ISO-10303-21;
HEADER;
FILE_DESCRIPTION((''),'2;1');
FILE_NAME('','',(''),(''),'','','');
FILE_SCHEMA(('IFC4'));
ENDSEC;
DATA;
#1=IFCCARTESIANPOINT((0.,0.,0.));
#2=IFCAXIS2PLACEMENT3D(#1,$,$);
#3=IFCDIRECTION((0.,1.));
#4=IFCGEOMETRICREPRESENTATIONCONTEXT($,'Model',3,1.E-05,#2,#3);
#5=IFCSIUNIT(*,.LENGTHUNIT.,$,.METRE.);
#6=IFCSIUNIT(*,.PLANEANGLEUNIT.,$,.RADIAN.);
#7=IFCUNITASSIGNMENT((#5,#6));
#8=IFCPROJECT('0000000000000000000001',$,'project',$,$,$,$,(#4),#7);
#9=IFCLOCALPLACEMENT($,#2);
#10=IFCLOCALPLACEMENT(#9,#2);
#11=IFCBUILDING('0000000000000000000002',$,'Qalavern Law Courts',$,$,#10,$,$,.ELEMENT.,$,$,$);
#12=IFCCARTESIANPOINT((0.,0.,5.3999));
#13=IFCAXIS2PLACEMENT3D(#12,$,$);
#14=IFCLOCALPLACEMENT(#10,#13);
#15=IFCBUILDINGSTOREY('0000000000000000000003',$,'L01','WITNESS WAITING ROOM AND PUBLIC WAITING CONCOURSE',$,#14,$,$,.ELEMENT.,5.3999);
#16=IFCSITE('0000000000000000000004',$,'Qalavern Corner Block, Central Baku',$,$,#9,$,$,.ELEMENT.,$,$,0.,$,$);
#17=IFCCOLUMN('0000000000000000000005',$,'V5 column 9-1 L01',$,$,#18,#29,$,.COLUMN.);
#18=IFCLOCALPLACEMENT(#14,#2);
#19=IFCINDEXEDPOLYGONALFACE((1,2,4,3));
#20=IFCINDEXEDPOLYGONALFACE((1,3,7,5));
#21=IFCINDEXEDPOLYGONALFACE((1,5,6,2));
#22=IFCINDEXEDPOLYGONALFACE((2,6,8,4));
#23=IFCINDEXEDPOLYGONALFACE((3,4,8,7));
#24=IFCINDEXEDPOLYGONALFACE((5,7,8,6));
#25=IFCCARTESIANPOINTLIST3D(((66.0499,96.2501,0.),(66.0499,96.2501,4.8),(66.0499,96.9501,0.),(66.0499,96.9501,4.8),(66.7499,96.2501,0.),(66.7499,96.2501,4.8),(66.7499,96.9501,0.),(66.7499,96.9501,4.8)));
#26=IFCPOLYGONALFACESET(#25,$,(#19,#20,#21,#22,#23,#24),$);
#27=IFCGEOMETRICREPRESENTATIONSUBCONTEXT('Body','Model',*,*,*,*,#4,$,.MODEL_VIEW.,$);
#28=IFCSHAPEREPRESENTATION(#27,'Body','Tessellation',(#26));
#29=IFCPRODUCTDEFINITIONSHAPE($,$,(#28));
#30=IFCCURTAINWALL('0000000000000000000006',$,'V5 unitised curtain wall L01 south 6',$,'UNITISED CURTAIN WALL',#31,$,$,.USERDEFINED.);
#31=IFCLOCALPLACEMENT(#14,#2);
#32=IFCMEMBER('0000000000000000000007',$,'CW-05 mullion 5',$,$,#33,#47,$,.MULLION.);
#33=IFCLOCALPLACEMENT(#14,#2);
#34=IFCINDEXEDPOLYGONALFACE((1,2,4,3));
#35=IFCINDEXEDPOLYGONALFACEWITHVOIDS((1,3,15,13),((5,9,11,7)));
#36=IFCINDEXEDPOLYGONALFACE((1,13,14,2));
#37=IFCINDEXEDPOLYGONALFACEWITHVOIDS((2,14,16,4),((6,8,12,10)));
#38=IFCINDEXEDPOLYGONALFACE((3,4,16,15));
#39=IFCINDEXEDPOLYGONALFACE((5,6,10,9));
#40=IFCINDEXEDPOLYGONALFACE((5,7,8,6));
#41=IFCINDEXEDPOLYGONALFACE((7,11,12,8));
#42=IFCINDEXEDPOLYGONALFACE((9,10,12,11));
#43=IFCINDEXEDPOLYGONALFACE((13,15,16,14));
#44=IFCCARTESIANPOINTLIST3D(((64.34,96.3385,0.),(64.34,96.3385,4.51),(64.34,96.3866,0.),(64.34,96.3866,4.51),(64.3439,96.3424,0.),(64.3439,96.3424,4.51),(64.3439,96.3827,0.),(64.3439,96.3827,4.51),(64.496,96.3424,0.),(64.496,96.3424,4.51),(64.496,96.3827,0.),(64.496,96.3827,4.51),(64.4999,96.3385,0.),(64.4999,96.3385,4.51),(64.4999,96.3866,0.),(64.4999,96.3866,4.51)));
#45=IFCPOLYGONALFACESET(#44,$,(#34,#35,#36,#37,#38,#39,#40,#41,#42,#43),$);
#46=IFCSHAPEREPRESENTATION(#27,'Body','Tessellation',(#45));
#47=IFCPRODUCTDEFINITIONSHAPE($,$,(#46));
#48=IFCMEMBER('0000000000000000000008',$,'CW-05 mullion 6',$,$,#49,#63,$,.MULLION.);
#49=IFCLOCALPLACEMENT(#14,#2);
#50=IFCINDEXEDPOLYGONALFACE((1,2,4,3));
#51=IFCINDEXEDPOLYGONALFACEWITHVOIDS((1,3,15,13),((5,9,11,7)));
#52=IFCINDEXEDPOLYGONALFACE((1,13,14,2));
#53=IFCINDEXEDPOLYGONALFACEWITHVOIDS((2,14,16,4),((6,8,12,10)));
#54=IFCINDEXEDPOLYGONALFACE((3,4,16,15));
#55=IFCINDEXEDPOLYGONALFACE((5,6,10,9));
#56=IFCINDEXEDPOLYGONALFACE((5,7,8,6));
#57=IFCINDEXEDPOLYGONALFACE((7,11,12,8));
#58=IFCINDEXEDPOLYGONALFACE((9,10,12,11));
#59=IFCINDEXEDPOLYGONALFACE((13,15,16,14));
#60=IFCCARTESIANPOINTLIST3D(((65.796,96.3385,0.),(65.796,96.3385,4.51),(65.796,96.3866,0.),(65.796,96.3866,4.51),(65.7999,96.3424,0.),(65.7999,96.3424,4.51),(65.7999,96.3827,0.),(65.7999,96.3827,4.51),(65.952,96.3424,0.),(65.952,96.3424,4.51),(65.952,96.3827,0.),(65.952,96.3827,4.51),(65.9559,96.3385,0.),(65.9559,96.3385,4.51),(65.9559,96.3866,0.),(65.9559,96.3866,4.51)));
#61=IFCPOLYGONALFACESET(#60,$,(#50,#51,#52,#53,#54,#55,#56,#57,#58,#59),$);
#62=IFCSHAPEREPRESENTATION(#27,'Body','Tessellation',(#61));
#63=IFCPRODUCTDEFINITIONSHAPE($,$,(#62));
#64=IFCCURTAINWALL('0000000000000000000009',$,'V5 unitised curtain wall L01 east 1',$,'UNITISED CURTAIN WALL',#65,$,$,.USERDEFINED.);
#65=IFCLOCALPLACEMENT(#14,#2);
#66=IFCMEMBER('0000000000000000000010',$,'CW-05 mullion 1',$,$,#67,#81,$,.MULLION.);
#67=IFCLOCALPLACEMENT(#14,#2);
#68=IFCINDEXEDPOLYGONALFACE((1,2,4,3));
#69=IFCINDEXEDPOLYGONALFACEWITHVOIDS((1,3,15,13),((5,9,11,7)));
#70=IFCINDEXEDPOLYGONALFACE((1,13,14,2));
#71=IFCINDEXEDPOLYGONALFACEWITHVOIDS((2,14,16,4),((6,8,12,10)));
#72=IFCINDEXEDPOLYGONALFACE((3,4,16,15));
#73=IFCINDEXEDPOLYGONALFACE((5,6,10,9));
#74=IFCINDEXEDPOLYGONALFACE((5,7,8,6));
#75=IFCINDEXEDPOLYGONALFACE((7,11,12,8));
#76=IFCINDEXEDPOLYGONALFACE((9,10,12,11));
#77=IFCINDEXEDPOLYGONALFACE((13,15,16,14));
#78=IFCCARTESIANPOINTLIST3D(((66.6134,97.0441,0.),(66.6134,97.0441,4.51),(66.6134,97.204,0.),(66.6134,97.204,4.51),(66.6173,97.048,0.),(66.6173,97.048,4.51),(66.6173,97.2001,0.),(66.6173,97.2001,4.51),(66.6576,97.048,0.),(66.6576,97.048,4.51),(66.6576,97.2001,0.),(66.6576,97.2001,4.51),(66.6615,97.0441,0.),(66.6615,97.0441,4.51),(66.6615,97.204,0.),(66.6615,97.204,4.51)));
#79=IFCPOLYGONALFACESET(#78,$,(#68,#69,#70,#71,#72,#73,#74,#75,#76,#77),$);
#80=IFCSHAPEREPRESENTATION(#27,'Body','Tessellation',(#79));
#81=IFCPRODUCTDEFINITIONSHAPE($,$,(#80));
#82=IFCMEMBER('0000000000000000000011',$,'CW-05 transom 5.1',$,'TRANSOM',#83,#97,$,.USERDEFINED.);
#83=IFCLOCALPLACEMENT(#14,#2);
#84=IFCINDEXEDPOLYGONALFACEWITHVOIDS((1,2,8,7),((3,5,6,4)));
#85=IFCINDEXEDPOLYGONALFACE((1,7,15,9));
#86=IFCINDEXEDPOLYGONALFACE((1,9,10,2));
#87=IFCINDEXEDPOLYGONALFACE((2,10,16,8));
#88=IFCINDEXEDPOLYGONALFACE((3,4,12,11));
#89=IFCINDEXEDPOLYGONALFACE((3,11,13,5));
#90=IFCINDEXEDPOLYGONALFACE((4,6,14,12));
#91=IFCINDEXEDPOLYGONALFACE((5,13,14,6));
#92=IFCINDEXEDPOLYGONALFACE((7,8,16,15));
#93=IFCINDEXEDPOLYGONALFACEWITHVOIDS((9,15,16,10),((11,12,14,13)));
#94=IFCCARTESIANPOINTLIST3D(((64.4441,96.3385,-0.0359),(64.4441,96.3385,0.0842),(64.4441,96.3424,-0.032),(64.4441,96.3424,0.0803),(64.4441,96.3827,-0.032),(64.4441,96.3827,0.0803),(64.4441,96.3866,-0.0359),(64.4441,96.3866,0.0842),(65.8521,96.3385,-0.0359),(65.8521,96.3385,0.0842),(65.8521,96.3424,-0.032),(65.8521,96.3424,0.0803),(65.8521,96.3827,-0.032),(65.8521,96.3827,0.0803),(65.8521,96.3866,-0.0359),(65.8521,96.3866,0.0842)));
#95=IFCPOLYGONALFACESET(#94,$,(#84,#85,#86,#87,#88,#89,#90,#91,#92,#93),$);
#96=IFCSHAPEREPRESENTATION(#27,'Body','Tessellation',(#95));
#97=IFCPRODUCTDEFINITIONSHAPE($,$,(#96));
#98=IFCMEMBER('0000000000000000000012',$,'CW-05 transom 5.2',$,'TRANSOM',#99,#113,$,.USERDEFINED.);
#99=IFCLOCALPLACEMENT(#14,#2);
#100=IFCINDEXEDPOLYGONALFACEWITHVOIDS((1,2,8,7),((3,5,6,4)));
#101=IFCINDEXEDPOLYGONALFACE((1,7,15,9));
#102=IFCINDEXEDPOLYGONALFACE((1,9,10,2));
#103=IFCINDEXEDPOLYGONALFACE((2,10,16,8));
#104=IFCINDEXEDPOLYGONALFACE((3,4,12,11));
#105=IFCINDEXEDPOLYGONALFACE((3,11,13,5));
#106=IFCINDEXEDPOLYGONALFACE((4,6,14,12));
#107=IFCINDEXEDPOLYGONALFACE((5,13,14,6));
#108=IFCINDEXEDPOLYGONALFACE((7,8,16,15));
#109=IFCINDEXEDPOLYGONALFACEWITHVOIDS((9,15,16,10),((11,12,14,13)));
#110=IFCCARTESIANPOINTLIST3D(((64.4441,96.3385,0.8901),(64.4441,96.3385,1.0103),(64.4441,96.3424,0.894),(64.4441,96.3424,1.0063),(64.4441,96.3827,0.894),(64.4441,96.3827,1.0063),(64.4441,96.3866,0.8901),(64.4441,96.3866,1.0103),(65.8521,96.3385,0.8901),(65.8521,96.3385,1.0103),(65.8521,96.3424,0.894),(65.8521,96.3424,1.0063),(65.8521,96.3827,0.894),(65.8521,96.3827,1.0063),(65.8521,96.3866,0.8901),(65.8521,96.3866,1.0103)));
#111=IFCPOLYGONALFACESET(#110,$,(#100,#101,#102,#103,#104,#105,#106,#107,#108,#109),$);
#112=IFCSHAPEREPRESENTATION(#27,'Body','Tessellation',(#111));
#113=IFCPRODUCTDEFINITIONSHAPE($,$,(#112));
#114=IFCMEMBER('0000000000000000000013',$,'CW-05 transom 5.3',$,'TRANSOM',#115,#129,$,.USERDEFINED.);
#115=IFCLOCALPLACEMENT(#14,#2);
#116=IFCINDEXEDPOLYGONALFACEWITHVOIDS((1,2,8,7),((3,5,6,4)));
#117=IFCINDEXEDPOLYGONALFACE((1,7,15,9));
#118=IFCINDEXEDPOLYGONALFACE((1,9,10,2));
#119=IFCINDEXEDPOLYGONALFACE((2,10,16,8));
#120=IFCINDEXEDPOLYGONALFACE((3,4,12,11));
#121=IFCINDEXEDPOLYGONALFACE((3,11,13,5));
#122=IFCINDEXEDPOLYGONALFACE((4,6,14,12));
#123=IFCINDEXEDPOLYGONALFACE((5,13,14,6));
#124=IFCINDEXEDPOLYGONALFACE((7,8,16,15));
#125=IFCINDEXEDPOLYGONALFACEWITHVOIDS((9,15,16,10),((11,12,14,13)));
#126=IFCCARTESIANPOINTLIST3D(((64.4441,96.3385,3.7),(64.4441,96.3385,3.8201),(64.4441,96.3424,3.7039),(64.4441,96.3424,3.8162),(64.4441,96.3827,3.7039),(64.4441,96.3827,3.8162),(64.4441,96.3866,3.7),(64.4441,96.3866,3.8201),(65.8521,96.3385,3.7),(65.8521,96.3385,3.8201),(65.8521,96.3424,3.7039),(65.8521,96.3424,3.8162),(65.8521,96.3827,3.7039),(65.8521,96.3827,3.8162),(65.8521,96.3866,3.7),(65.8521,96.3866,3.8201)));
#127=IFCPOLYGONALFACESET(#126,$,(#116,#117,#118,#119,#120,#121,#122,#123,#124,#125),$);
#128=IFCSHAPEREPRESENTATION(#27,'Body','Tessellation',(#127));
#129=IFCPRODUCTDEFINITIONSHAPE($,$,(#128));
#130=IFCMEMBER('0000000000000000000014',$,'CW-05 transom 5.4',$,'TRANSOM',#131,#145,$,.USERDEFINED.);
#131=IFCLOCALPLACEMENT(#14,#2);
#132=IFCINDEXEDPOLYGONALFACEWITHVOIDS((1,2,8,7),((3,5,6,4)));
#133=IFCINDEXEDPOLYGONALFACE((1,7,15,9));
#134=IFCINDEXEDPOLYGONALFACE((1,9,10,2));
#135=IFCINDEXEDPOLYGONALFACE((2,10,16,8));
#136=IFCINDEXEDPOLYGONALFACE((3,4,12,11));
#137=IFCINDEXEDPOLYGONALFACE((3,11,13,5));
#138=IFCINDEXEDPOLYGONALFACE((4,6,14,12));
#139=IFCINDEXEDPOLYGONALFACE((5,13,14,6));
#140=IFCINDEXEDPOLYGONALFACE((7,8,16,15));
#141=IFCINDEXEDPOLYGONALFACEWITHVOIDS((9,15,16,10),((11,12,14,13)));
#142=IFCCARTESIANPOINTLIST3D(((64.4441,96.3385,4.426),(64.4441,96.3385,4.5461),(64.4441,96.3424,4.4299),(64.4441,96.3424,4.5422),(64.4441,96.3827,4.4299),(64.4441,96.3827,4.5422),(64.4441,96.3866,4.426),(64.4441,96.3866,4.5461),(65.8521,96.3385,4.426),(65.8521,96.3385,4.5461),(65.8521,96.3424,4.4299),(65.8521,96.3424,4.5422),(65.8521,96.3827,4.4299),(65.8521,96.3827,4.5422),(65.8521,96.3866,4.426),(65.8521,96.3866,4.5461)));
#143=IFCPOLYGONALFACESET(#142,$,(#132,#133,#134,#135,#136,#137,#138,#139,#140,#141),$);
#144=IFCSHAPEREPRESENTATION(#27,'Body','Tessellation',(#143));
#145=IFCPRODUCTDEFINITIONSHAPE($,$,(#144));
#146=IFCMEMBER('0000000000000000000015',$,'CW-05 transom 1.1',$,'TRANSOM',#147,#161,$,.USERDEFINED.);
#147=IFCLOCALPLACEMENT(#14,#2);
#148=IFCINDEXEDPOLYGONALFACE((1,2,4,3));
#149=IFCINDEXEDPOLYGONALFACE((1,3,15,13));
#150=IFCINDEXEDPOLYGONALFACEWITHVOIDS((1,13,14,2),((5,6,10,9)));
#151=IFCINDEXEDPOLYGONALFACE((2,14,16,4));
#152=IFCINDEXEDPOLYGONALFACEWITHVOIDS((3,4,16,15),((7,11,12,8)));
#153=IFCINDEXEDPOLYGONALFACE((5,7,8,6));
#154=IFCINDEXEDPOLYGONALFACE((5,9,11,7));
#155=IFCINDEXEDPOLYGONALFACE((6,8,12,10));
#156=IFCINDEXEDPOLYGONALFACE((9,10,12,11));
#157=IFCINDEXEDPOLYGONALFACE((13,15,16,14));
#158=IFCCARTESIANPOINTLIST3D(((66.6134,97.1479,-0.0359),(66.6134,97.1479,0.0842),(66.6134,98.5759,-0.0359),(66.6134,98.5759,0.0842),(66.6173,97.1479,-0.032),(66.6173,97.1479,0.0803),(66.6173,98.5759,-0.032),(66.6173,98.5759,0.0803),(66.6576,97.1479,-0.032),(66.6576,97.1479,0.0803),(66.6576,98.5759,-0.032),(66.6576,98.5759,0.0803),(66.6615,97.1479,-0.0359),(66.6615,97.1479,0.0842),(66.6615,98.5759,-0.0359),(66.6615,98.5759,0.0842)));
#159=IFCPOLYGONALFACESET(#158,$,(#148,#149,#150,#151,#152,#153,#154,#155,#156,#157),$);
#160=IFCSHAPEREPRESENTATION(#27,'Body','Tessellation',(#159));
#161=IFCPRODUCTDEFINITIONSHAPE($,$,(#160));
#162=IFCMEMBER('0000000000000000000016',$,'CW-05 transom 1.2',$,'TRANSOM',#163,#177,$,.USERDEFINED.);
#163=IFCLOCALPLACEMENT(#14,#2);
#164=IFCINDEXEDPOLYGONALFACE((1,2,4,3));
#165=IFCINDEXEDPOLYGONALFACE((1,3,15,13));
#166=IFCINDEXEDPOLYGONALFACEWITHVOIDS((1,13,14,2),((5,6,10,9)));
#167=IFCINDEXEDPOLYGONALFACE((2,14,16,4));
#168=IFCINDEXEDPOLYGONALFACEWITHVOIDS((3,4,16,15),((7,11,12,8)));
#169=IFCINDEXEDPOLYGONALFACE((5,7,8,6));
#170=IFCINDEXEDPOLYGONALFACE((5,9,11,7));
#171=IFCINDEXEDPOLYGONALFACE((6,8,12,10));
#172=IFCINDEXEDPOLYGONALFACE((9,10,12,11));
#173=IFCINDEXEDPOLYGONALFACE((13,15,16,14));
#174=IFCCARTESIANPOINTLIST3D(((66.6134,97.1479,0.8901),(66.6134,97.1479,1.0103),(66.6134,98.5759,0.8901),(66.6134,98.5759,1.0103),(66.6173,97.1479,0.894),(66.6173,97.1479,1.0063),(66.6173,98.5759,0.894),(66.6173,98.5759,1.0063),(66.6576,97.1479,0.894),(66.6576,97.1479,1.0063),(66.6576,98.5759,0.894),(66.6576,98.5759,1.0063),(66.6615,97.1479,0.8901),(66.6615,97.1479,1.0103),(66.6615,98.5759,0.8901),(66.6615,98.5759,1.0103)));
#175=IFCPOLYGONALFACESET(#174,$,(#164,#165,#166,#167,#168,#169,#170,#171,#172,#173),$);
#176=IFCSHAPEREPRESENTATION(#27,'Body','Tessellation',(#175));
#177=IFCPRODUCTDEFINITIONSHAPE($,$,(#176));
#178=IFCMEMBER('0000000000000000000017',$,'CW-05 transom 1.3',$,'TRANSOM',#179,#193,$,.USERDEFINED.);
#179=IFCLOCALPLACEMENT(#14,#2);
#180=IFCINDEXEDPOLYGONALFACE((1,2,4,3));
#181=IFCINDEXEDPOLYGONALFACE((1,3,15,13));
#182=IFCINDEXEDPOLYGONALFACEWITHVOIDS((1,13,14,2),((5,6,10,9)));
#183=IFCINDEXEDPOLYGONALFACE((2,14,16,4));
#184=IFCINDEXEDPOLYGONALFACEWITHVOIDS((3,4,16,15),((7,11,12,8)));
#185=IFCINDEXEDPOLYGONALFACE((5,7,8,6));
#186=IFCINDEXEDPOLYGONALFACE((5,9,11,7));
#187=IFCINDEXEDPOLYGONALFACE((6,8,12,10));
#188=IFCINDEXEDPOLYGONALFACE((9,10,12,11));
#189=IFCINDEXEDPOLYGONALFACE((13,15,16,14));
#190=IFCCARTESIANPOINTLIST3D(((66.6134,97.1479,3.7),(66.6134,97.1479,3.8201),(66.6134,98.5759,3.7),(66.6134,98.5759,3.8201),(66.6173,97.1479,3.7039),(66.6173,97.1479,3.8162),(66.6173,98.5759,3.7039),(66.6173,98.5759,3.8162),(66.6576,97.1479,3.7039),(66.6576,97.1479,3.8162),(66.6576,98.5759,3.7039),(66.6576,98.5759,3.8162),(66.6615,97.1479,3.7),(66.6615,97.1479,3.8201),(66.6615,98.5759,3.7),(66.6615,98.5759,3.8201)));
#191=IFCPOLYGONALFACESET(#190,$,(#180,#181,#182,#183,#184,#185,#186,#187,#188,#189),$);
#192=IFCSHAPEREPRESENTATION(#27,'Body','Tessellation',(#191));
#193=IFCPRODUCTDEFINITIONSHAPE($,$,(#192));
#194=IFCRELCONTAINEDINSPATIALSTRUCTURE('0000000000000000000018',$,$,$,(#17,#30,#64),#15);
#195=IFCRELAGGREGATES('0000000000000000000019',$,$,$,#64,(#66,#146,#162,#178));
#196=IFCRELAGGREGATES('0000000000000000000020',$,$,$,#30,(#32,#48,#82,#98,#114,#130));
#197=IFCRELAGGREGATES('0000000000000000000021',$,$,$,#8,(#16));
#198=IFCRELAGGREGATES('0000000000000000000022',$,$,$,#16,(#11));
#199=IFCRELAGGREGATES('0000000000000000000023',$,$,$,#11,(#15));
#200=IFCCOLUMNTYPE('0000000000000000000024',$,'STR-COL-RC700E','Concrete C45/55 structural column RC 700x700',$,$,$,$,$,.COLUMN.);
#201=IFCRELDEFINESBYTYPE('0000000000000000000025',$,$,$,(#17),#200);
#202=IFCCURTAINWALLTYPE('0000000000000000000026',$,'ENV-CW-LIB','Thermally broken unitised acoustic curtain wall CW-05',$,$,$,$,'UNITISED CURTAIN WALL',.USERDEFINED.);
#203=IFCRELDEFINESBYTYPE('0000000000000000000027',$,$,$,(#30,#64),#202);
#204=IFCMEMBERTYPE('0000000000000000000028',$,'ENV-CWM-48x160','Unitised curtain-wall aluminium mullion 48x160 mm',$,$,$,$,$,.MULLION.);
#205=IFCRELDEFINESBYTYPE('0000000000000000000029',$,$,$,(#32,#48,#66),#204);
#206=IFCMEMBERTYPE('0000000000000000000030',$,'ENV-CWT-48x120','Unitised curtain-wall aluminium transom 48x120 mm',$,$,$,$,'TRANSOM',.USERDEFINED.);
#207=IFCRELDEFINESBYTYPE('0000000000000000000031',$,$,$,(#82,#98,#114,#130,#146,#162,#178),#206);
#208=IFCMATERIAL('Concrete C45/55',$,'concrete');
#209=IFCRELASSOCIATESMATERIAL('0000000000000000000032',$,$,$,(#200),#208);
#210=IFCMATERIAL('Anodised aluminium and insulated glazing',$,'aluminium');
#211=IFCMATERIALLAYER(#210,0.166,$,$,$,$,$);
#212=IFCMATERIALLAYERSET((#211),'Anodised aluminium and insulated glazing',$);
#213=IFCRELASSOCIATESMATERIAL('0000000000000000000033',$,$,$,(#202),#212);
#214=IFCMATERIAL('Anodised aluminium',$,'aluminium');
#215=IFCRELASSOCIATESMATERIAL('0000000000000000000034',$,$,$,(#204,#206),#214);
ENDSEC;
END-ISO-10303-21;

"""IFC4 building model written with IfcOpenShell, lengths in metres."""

from ifc_helpers import new_model, si_unit, direction, frame, origin, origin_2d, place, context, subcontext, project, spatial, rectangle, hollow_rectangle, extrude, material, layer, layer_set, material_profile, profile_set, type_object, element, aggregate, save


model = new_model("IFC4")

# Units and contexts
model_context = context("Model", 3, precision=1e-05, world=origin(), true_north=direction((0.0, 1.0)))
body_context = subcontext(model_context, "Body", "Model", "MODEL_VIEW")
ifc_project = project(units=[si_unit("LENGTHUNIT", "METRE"), si_unit("PLANEANGLEUNIT", "RADIAN")], contexts=[model_context])

# Site, building, storey
site_placement = place(None, origin())
site = spatial("IfcSite", under=ifc_project, at=site_placement, Name="Qalavern Corner Block, Central Baku", CompositionType="ELEMENT", RefElevation=0.0)
building_placement = place(site_placement, origin())
building = spatial("IfcBuilding", under=site, at=building_placement, Name="Qalavern Law Courts", CompositionType="ELEMENT")
storey_placement = place(building_placement, frame((0.0, 0.0, 5.3999)))
storey = spatial("IfcBuildingStorey", under=building, at=storey_placement, Name="L01", Description="WITNESS WAITING ROOM AND PUBLIC WAITING CONCOURSE", CompositionType="ELEMENT", Elevation=5.3999)

# Column
ifc_material_1 = material(Name="Concrete C45/55", Category="concrete")
ifc_material_profile_1 = material_profile(ifc_material_1, rectangle(XDim=0.7, YDim=0.7, at=origin_2d()), Name="RC 700x700")
ifc_profile_set_1 = profile_set([ifc_material_profile_1], Name="Concrete C45/55")
column_type = type_object("IfcColumnType", Name="STR-COL-RC700E", Description="Concrete C45/55 structural column RC 700x700", PredefinedType="COLUMN", material=ifc_profile_set_1)
column_placement = place(storey_placement, frame((66.3999, 96.6001, 0.0), z_axis=(0.0, 0.0, 1.0), x_axis=(1.0, 0.0, 0.0)))
element("IfcColumn", 1, at=column_placement, inside=storey, type_object=column_type, Name="V5 column 9-1 L01", PredefinedType="COLUMN", context=body_context, shape_type="SweptSolid", body=[
    extrude(rectangle(XDim=0.7, YDim=0.7, at=origin_2d()), origin(), (0.0, 0.0, 1.0), 4.8),
])

# Curtain wall, members
ifc_material_2 = material(Name="Anodised aluminium and insulated glazing", Category="aluminium")
ifc_layer_1 = layer(ifc_material_2, 0.166)
ifc_layer_set_1 = layer_set([ifc_layer_1], Name="Anodised aluminium and insulated glazing")
curtain_wall_type = type_object("IfcCurtainWallType", Name="ENV-CW-LIB", Description="Thermally broken unitised acoustic curtain wall CW-05", ElementType="UNITISED CURTAIN WALL", PredefinedType="USERDEFINED", material=ifc_layer_set_1)
curtain_wall_1_placement = place(storey_placement, origin())
curtain_wall_1 = element("IfcCurtainWall", 2, at=curtain_wall_1_placement, inside=storey, type_object=curtain_wall_type, Name="V5 unitised curtain wall L01 south 6", ObjectType="UNITISED CURTAIN WALL", PredefinedType="USERDEFINED")
ifc_material_3 = material(Name="Anodised aluminium", Category="aluminium")
ifc_material_profile_2 = material_profile(ifc_material_3, hollow_rectangle(XDim=0.0481, YDim=0.1599, WallThickness=0.0039, at=origin_2d()), Name="ALU MULLION 48x160")
ifc_profile_set_2 = profile_set([ifc_material_profile_2], Name="Anodised aluminium")
member_type_1 = type_object("IfcMemberType", Name="ENV-CWM-48x160", Description="Unitised curtain-wall aluminium mullion 48x160 mm", PredefinedType="MULLION", material=ifc_profile_set_2)
member_1_placement = place(storey_placement, frame((64.4199, 96.3625, 0.0), z_axis=(0.0, 0.0, 1.0), x_axis=(0.0, 1.0, 0.0)))
member_1 = element("IfcMember", 3, at=member_1_placement, type_object=member_type_1, Name="CW-05 mullion 5", PredefinedType="MULLION", context=body_context, shape_type="SweptSolid", body=[
    extrude(hollow_rectangle(XDim=0.0481, YDim=0.1599, WallThickness=0.0039, at=origin_2d()), origin(), (0.0, 0.0, 1.0), 4.51),
])
member_2_placement = place(storey_placement, frame((65.876, 96.3625, 0.0), z_axis=(0.0, 0.0, 1.0), x_axis=(0.0, 1.0, 0.0)))
member_2 = element("IfcMember", 4, at=member_2_placement, type_object=member_type_1, Name="CW-05 mullion 6", PredefinedType="MULLION", context=body_context, shape_type="SweptSolid", body=[
    extrude(hollow_rectangle(XDim=0.0481, YDim=0.1599, WallThickness=0.0039, at=origin_2d()), origin(), (0.0, 0.0, 1.0), 4.51),
])

# Curtain wall, member
curtain_wall_2_placement = place(storey_placement, origin())
curtain_wall_2 = element("IfcCurtainWall", 5, at=curtain_wall_2_placement, inside=storey, type_object=curtain_wall_type, Name="V5 unitised curtain wall L01 east 1", ObjectType="UNITISED CURTAIN WALL", PredefinedType="USERDEFINED")
member_3_placement = place(storey_placement, frame((66.6375, 97.124, 0.0), z_axis=(0.0, 0.0, 1.0), x_axis=(-1.0, 0.0, 0.0)))
member_3 = element("IfcMember", 6, at=member_3_placement, type_object=member_type_1, Name="CW-05 mullion 1", PredefinedType="MULLION", context=body_context, shape_type="SweptSolid", body=[
    extrude(hollow_rectangle(XDim=0.0481, YDim=0.1599, WallThickness=0.0039, at=origin_2d()), origin(), (0.0, 0.0, 1.0), 4.51),
])

# Members
ifc_material_profile_3 = material_profile(ifc_material_3, hollow_rectangle(XDim=0.0481, YDim=0.1201, WallThickness=0.0039, at=origin_2d()), Name="ALU TRANSOM 48x120")
ifc_profile_set_3 = profile_set([ifc_material_profile_3], Name="Anodised aluminium")
member_type_2 = type_object("IfcMemberType", Name="ENV-CWT-48x120", Description="Unitised curtain-wall aluminium transom 48x120 mm", ElementType="TRANSOM", PredefinedType="USERDEFINED", material=ifc_profile_set_3)
member_4_placement = place(storey_placement, frame((64.4441, 96.3625, 0.0242), z_axis=(1.0, 0.0, 0.0), x_axis=(0.0, 1.0, 0.0)))
member_4 = element("IfcMember", 7, at=member_4_placement, type_object=member_type_2, Name="CW-05 transom 5.1", ObjectType="TRANSOM", PredefinedType="USERDEFINED", context=body_context, shape_type="SweptSolid", body=[
    extrude(hollow_rectangle(XDim=0.0481, YDim=0.1201, WallThickness=0.0039, at=origin_2d()), origin(), (0.0, 0.0, 1.0), 1.408),
])
member_5_placement = place(storey_placement, frame((64.4441, 96.3625, 0.9502), z_axis=(1.0, 0.0, 0.0), x_axis=(0.0, 1.0, 0.0)))
member_5 = element("IfcMember", 8, at=member_5_placement, type_object=member_type_2, Name="CW-05 transom 5.2", ObjectType="TRANSOM", PredefinedType="USERDEFINED", context=body_context, shape_type="SweptSolid", body=[
    extrude(hollow_rectangle(XDim=0.0481, YDim=0.1201, WallThickness=0.0039, at=origin_2d()), origin(), (0.0, 0.0, 1.0), 1.408),
])
member_6_placement = place(storey_placement, frame((64.4441, 96.3625, 3.76), z_axis=(1.0, 0.0, 0.0), x_axis=(0.0, 1.0, 0.0)))
member_6 = element("IfcMember", 9, at=member_6_placement, type_object=member_type_2, Name="CW-05 transom 5.3", ObjectType="TRANSOM", PredefinedType="USERDEFINED", context=body_context, shape_type="SweptSolid", body=[
    extrude(hollow_rectangle(XDim=0.0481, YDim=0.1201, WallThickness=0.0039, at=origin_2d()), origin(), (0.0, 0.0, 1.0), 1.408),
])
member_7_placement = place(storey_placement, frame((64.4441, 96.3625, 4.4861), z_axis=(1.0, 0.0, 0.0), x_axis=(0.0, 1.0, 0.0)))
member_7 = element("IfcMember", 10, at=member_7_placement, type_object=member_type_2, Name="CW-05 transom 5.4", ObjectType="TRANSOM", PredefinedType="USERDEFINED", context=body_context, shape_type="SweptSolid", body=[
    extrude(hollow_rectangle(XDim=0.0481, YDim=0.1201, WallThickness=0.0039, at=origin_2d()), origin(), (0.0, 0.0, 1.0), 1.408),
])
member_8_placement = place(storey_placement, frame((66.6375, 97.1479, 0.0242), z_axis=(0.0, 1.0, 0.0), x_axis=(-1.0, 0.0, 0.0)))
member_8 = element("IfcMember", 11, at=member_8_placement, type_object=member_type_2, Name="CW-05 transom 1.1", ObjectType="TRANSOM", PredefinedType="USERDEFINED", context=body_context, shape_type="SweptSolid", body=[
    extrude(hollow_rectangle(XDim=0.0481, YDim=0.1201, WallThickness=0.0039, at=origin_2d()), origin(), (0.0, 0.0, 1.0), 1.428),
])
member_9_placement = place(storey_placement, frame((66.6375, 97.1479, 0.9502), z_axis=(0.0, 1.0, 0.0), x_axis=(-1.0, 0.0, 0.0)))
member_9 = element("IfcMember", 12, at=member_9_placement, type_object=member_type_2, Name="CW-05 transom 1.2", ObjectType="TRANSOM", PredefinedType="USERDEFINED", context=body_context, shape_type="SweptSolid", body=[
    extrude(hollow_rectangle(XDim=0.0481, YDim=0.1201, WallThickness=0.0039, at=origin_2d()), origin(), (0.0, 0.0, 1.0), 1.428),
])
member_10_placement = place(storey_placement, frame((66.6375, 97.1479, 3.76), z_axis=(0.0, 1.0, 0.0), x_axis=(-1.0, 0.0, 0.0)))
member_10 = element("IfcMember", 13, at=member_10_placement, type_object=member_type_2, Name="CW-05 transom 1.3", ObjectType="TRANSOM", PredefinedType="USERDEFINED", context=body_context, shape_type="SweptSolid", body=[
    extrude(hollow_rectangle(XDim=0.0481, YDim=0.1201, WallThickness=0.0039, at=origin_2d()), origin(), (0.0, 0.0, 1.0), 1.428),
])
aggregate(curtain_wall_2, [member_3, member_8, member_9, member_10])

aggregate(curtain_wall_1, [member_1, member_2, member_4, member_5, member_6, member_7])

save(model, "model.ifc")
